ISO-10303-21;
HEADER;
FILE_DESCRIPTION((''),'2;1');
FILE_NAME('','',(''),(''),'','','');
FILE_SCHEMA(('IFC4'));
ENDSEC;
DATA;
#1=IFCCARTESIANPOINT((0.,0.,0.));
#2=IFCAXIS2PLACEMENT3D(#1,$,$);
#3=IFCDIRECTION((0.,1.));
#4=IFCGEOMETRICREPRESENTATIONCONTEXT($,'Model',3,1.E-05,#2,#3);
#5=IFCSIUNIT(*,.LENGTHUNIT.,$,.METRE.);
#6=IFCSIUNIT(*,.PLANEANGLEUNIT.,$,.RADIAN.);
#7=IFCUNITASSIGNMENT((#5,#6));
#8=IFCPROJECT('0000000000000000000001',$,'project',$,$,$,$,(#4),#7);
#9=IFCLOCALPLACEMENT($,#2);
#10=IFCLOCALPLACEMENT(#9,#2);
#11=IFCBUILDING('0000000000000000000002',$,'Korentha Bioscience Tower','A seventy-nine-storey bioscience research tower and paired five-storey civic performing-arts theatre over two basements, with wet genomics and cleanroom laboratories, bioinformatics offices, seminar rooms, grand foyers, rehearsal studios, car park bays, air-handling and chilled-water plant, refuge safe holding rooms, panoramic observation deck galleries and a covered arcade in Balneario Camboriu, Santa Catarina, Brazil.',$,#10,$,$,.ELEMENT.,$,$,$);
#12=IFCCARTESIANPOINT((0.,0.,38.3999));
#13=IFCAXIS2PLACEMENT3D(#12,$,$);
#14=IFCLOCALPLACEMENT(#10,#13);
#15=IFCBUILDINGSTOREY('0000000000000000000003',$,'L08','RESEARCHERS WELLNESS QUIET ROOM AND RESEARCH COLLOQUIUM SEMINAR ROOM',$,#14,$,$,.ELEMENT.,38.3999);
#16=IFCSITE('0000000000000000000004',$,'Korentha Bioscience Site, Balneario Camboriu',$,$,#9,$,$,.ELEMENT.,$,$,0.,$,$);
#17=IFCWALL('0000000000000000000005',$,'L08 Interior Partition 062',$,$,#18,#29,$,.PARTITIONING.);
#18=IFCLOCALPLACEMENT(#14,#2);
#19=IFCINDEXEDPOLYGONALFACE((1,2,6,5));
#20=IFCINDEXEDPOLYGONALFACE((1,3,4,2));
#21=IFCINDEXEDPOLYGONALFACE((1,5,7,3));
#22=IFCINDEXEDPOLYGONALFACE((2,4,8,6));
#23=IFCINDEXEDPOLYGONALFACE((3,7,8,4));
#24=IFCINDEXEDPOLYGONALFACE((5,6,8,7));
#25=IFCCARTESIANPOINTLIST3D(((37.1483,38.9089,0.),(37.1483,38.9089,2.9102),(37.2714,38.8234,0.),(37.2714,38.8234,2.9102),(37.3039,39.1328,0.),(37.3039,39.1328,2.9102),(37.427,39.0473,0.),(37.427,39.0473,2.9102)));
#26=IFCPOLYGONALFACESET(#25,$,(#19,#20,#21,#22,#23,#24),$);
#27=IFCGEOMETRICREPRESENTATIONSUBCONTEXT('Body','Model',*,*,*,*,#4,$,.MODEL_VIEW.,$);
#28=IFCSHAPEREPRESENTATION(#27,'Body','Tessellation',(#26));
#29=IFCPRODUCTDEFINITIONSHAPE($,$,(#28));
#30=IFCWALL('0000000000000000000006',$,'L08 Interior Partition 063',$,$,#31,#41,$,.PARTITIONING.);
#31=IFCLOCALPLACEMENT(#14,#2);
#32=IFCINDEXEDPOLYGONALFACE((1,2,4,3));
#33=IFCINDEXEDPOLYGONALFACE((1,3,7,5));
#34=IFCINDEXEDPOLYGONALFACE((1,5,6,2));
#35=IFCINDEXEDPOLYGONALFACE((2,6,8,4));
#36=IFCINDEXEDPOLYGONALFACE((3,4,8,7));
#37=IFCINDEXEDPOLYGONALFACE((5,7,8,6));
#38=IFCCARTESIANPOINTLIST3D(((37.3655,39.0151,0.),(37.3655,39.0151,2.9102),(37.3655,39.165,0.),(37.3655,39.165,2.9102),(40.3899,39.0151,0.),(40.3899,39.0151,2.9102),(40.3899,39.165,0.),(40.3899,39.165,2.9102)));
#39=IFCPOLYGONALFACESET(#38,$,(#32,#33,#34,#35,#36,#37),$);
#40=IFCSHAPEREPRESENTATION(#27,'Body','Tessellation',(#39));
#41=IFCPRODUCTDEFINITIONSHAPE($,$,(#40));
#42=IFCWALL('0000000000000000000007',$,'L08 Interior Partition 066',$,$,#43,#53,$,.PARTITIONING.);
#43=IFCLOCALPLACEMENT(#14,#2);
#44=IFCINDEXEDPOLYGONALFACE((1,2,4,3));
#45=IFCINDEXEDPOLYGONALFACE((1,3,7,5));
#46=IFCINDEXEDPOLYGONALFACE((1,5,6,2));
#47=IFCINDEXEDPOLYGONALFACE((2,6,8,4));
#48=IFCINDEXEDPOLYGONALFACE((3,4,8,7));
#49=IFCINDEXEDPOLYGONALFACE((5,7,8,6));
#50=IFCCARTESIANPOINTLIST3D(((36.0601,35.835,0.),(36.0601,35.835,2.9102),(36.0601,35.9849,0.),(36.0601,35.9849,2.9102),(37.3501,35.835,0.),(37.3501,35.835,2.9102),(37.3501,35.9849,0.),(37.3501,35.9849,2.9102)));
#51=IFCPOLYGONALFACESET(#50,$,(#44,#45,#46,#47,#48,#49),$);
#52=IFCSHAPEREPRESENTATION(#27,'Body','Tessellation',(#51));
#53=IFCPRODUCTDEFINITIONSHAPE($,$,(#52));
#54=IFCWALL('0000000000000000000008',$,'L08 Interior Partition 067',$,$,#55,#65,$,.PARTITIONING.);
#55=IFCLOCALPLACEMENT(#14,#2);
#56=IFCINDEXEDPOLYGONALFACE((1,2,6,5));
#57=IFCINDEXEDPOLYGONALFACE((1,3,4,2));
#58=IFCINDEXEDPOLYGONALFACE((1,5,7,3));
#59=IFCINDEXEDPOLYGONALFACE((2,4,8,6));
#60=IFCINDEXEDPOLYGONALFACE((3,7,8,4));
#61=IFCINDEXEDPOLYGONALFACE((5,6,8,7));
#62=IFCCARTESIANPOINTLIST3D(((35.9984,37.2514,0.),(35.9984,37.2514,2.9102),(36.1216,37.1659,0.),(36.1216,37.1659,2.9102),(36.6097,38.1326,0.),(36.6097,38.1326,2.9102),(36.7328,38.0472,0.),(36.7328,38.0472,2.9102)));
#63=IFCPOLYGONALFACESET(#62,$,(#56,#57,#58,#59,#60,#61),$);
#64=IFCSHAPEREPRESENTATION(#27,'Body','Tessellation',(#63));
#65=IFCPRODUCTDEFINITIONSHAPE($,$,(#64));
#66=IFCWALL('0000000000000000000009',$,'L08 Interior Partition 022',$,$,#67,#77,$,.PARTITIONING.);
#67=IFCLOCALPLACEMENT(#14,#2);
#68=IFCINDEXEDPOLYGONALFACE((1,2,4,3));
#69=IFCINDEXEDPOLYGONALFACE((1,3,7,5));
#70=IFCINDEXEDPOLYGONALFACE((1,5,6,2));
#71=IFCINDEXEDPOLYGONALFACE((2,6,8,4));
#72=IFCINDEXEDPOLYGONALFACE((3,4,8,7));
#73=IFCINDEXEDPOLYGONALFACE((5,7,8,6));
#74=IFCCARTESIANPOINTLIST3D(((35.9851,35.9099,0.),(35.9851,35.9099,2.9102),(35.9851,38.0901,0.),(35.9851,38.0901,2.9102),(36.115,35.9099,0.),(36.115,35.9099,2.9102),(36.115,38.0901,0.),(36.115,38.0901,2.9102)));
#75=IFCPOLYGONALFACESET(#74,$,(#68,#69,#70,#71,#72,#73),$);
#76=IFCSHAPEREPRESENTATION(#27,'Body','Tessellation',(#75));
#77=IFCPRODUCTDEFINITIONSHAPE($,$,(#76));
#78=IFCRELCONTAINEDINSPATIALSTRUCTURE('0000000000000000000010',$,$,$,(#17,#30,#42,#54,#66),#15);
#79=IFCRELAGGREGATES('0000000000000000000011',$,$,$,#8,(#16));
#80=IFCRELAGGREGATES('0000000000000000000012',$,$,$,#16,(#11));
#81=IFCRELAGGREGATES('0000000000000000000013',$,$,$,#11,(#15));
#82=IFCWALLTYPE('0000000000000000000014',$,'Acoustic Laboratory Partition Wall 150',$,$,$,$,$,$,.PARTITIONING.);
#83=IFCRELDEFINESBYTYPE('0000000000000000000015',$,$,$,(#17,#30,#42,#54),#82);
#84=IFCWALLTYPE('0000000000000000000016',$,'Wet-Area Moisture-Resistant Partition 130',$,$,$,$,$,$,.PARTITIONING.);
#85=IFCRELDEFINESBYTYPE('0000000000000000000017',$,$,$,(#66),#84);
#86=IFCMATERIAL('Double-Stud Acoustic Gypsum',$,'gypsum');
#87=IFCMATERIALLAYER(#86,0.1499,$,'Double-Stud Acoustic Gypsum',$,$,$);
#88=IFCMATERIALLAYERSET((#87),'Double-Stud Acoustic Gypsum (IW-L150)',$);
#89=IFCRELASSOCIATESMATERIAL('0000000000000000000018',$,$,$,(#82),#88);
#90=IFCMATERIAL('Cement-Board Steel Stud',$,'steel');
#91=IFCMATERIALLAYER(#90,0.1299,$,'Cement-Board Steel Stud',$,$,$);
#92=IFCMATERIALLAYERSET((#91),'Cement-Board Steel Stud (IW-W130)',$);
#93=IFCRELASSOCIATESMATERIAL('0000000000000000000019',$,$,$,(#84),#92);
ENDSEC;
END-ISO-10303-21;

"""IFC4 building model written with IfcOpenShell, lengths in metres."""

from ifc_helpers import new_model, si_unit, direction, frame, frame_2d, origin, place, context, subcontext, project, spatial, rectangle, extrude, material, layer, layer_set, type_object, element, save


model = new_model("IFC4")

# Units and contexts
model_context = context("Model", 3, precision=1e-05, world=origin(), true_north=direction((0.0, 1.0)))
body_context = subcontext(model_context, "Body", "Model", "MODEL_VIEW")
ifc_project = project(units=[si_unit("LENGTHUNIT", "METRE"), si_unit("PLANEANGLEUNIT", "RADIAN")], contexts=[model_context])

# Site, building, storey
site_placement = place(None, origin())
site = spatial("IfcSite", under=ifc_project, at=site_placement, Name="Korentha Bioscience Site, Balneario Camboriu", CompositionType="ELEMENT", RefElevation=0.0)
building_placement = place(site_placement, origin())
building = spatial("IfcBuilding", under=site, at=building_placement, Name="Korentha Bioscience Tower", Description="A seventy-nine-storey bioscience research tower and paired five-storey civic performing-arts theatre over two basements, with wet genomics and cleanroom laboratories, bioinformatics offices, seminar rooms, grand foyers, rehearsal studios, car park bays, air-handling and chilled-water plant, refuge safe holding rooms, panoramic observation deck galleries and a covered arcade in Balneario Camboriu, Santa Catarina, Brazil.", CompositionType="ELEMENT")
storey_placement = place(building_placement, frame((0.0, 0.0, 38.3999)))
storey = spatial("IfcBuildingStorey", under=building, at=storey_placement, Name="L08", Description="RESEARCHERS WELLNESS QUIET ROOM AND RESEARCH COLLOQUIUM SEMINAR ROOM", CompositionType="ELEMENT", Elevation=38.3999)

# Shared definitions
ifc_material_1 = material(Name="Double-Stud Acoustic Gypsum", Category="gypsum")
ifc_layer_1 = layer(ifc_material_1, 0.1499, Name="Double-Stud Acoustic Gypsum")
ifc_layer_set_1 = layer_set([ifc_layer_1], Name="Double-Stud Acoustic Gypsum (IW-L150)")
wall_type_1 = type_object("IfcWallType", Name="Acoustic Laboratory Partition Wall 150", PredefinedType="PARTITIONING", material=ifc_layer_set_1)

# Walls
wall_1_placement = place(storey_placement, frame((37.21, 38.8662, 0.0), z_axis=(0.0, 0.0, 1.0), x_axis=(0.570513, 0.821288, 0.0)))
element("IfcWall", 1, at=wall_1_placement, inside=storey, type_object=wall_type_1, Name="L08 Interior Partition 062", PredefinedType="PARTITIONING", context=body_context, shape_type="SweptSolid", body=[
    extrude(rectangle(XDim=0.2727, YDim=0.1499, at=frame_2d((0.1362, 0.0))), origin(), (0.0, 0.0, 1.0), 2.9102),
])
wall_2_placement = place(storey_placement, frame((37.3655, 39.0901, 0.0), z_axis=(0.0, 0.0, 1.0), x_axis=(1.0, 0.0, 0.0)))
element("IfcWall", 2, at=wall_2_placement, inside=storey, type_object=wall_type_1, Name="L08 Interior Partition 063", PredefinedType="PARTITIONING", context=body_context, shape_type="SweptSolid", body=[
    extrude(rectangle(XDim=3.0244, YDim=0.1499, at=frame_2d((1.5122, 0.0))), origin(), (0.0, 0.0, 1.0), 2.9102),
])
wall_3_placement = place(storey_placement, frame((37.3501, 35.9099, 0.0), z_axis=(0.0, 0.0, 1.0), x_axis=(-1.0, 0.0, 0.0)))
element("IfcWall", 3, at=wall_3_placement, inside=storey, type_object=wall_type_1, Name="L08 Interior Partition 066", PredefinedType="PARTITIONING", context=body_context, shape_type="SweptSolid", body=[
    extrude(rectangle(XDim=1.29, YDim=0.1499, at=frame_2d((0.645, 0.0))), origin(), (0.0, 0.0, 1.0), 2.9102),
])
wall_4_placement = place(storey_placement, frame((36.0601, 37.2087, 0.0), z_axis=(0.0, 0.0, 1.0), x_axis=(0.569944, 0.821684, 0.0)))
element("IfcWall", 4, at=wall_4_placement, inside=storey, type_object=wall_type_1, Name="L08 Interior Partition 067", PredefinedType="PARTITIONING", context=body_context, shape_type="SweptSolid", body=[
    extrude(rectangle(XDim=1.0725, YDim=0.1499, at=frame_2d((0.5361, 0.0))), origin(), (0.0, 0.0, 1.0), 2.9102),
])

# Shared definitions
ifc_material_2 = material(Name="Cement-Board Steel Stud", Category="steel")
ifc_layer_2 = layer(ifc_material_2, 0.1299, Name="Cement-Board Steel Stud")
ifc_layer_set_2 = layer_set([ifc_layer_2], Name="Cement-Board Steel Stud (IW-W130)")
wall_type_2 = type_object("IfcWallType", Name="Wet-Area Moisture-Resistant Partition 130", PredefinedType="PARTITIONING", material=ifc_layer_set_2)

# Wall
wall_5_placement = place(storey_placement, frame((36.05, 38.0901, 0.0), z_axis=(0.0, 0.0, 1.0), x_axis=(0.0, -1.0, 0.0)))
element("IfcWall", 5, at=wall_5_placement, inside=storey, type_object=wall_type_2, Name="L08 Interior Partition 022", PredefinedType="PARTITIONING", context=body_context, shape_type="SweptSolid", body=[
    extrude(rectangle(XDim=2.1802, YDim=0.1299, at=frame_2d((1.0901, 0.0))), origin(), (0.0, 0.0, 1.0), 2.9102),
])

save(model, "model.ifc")
